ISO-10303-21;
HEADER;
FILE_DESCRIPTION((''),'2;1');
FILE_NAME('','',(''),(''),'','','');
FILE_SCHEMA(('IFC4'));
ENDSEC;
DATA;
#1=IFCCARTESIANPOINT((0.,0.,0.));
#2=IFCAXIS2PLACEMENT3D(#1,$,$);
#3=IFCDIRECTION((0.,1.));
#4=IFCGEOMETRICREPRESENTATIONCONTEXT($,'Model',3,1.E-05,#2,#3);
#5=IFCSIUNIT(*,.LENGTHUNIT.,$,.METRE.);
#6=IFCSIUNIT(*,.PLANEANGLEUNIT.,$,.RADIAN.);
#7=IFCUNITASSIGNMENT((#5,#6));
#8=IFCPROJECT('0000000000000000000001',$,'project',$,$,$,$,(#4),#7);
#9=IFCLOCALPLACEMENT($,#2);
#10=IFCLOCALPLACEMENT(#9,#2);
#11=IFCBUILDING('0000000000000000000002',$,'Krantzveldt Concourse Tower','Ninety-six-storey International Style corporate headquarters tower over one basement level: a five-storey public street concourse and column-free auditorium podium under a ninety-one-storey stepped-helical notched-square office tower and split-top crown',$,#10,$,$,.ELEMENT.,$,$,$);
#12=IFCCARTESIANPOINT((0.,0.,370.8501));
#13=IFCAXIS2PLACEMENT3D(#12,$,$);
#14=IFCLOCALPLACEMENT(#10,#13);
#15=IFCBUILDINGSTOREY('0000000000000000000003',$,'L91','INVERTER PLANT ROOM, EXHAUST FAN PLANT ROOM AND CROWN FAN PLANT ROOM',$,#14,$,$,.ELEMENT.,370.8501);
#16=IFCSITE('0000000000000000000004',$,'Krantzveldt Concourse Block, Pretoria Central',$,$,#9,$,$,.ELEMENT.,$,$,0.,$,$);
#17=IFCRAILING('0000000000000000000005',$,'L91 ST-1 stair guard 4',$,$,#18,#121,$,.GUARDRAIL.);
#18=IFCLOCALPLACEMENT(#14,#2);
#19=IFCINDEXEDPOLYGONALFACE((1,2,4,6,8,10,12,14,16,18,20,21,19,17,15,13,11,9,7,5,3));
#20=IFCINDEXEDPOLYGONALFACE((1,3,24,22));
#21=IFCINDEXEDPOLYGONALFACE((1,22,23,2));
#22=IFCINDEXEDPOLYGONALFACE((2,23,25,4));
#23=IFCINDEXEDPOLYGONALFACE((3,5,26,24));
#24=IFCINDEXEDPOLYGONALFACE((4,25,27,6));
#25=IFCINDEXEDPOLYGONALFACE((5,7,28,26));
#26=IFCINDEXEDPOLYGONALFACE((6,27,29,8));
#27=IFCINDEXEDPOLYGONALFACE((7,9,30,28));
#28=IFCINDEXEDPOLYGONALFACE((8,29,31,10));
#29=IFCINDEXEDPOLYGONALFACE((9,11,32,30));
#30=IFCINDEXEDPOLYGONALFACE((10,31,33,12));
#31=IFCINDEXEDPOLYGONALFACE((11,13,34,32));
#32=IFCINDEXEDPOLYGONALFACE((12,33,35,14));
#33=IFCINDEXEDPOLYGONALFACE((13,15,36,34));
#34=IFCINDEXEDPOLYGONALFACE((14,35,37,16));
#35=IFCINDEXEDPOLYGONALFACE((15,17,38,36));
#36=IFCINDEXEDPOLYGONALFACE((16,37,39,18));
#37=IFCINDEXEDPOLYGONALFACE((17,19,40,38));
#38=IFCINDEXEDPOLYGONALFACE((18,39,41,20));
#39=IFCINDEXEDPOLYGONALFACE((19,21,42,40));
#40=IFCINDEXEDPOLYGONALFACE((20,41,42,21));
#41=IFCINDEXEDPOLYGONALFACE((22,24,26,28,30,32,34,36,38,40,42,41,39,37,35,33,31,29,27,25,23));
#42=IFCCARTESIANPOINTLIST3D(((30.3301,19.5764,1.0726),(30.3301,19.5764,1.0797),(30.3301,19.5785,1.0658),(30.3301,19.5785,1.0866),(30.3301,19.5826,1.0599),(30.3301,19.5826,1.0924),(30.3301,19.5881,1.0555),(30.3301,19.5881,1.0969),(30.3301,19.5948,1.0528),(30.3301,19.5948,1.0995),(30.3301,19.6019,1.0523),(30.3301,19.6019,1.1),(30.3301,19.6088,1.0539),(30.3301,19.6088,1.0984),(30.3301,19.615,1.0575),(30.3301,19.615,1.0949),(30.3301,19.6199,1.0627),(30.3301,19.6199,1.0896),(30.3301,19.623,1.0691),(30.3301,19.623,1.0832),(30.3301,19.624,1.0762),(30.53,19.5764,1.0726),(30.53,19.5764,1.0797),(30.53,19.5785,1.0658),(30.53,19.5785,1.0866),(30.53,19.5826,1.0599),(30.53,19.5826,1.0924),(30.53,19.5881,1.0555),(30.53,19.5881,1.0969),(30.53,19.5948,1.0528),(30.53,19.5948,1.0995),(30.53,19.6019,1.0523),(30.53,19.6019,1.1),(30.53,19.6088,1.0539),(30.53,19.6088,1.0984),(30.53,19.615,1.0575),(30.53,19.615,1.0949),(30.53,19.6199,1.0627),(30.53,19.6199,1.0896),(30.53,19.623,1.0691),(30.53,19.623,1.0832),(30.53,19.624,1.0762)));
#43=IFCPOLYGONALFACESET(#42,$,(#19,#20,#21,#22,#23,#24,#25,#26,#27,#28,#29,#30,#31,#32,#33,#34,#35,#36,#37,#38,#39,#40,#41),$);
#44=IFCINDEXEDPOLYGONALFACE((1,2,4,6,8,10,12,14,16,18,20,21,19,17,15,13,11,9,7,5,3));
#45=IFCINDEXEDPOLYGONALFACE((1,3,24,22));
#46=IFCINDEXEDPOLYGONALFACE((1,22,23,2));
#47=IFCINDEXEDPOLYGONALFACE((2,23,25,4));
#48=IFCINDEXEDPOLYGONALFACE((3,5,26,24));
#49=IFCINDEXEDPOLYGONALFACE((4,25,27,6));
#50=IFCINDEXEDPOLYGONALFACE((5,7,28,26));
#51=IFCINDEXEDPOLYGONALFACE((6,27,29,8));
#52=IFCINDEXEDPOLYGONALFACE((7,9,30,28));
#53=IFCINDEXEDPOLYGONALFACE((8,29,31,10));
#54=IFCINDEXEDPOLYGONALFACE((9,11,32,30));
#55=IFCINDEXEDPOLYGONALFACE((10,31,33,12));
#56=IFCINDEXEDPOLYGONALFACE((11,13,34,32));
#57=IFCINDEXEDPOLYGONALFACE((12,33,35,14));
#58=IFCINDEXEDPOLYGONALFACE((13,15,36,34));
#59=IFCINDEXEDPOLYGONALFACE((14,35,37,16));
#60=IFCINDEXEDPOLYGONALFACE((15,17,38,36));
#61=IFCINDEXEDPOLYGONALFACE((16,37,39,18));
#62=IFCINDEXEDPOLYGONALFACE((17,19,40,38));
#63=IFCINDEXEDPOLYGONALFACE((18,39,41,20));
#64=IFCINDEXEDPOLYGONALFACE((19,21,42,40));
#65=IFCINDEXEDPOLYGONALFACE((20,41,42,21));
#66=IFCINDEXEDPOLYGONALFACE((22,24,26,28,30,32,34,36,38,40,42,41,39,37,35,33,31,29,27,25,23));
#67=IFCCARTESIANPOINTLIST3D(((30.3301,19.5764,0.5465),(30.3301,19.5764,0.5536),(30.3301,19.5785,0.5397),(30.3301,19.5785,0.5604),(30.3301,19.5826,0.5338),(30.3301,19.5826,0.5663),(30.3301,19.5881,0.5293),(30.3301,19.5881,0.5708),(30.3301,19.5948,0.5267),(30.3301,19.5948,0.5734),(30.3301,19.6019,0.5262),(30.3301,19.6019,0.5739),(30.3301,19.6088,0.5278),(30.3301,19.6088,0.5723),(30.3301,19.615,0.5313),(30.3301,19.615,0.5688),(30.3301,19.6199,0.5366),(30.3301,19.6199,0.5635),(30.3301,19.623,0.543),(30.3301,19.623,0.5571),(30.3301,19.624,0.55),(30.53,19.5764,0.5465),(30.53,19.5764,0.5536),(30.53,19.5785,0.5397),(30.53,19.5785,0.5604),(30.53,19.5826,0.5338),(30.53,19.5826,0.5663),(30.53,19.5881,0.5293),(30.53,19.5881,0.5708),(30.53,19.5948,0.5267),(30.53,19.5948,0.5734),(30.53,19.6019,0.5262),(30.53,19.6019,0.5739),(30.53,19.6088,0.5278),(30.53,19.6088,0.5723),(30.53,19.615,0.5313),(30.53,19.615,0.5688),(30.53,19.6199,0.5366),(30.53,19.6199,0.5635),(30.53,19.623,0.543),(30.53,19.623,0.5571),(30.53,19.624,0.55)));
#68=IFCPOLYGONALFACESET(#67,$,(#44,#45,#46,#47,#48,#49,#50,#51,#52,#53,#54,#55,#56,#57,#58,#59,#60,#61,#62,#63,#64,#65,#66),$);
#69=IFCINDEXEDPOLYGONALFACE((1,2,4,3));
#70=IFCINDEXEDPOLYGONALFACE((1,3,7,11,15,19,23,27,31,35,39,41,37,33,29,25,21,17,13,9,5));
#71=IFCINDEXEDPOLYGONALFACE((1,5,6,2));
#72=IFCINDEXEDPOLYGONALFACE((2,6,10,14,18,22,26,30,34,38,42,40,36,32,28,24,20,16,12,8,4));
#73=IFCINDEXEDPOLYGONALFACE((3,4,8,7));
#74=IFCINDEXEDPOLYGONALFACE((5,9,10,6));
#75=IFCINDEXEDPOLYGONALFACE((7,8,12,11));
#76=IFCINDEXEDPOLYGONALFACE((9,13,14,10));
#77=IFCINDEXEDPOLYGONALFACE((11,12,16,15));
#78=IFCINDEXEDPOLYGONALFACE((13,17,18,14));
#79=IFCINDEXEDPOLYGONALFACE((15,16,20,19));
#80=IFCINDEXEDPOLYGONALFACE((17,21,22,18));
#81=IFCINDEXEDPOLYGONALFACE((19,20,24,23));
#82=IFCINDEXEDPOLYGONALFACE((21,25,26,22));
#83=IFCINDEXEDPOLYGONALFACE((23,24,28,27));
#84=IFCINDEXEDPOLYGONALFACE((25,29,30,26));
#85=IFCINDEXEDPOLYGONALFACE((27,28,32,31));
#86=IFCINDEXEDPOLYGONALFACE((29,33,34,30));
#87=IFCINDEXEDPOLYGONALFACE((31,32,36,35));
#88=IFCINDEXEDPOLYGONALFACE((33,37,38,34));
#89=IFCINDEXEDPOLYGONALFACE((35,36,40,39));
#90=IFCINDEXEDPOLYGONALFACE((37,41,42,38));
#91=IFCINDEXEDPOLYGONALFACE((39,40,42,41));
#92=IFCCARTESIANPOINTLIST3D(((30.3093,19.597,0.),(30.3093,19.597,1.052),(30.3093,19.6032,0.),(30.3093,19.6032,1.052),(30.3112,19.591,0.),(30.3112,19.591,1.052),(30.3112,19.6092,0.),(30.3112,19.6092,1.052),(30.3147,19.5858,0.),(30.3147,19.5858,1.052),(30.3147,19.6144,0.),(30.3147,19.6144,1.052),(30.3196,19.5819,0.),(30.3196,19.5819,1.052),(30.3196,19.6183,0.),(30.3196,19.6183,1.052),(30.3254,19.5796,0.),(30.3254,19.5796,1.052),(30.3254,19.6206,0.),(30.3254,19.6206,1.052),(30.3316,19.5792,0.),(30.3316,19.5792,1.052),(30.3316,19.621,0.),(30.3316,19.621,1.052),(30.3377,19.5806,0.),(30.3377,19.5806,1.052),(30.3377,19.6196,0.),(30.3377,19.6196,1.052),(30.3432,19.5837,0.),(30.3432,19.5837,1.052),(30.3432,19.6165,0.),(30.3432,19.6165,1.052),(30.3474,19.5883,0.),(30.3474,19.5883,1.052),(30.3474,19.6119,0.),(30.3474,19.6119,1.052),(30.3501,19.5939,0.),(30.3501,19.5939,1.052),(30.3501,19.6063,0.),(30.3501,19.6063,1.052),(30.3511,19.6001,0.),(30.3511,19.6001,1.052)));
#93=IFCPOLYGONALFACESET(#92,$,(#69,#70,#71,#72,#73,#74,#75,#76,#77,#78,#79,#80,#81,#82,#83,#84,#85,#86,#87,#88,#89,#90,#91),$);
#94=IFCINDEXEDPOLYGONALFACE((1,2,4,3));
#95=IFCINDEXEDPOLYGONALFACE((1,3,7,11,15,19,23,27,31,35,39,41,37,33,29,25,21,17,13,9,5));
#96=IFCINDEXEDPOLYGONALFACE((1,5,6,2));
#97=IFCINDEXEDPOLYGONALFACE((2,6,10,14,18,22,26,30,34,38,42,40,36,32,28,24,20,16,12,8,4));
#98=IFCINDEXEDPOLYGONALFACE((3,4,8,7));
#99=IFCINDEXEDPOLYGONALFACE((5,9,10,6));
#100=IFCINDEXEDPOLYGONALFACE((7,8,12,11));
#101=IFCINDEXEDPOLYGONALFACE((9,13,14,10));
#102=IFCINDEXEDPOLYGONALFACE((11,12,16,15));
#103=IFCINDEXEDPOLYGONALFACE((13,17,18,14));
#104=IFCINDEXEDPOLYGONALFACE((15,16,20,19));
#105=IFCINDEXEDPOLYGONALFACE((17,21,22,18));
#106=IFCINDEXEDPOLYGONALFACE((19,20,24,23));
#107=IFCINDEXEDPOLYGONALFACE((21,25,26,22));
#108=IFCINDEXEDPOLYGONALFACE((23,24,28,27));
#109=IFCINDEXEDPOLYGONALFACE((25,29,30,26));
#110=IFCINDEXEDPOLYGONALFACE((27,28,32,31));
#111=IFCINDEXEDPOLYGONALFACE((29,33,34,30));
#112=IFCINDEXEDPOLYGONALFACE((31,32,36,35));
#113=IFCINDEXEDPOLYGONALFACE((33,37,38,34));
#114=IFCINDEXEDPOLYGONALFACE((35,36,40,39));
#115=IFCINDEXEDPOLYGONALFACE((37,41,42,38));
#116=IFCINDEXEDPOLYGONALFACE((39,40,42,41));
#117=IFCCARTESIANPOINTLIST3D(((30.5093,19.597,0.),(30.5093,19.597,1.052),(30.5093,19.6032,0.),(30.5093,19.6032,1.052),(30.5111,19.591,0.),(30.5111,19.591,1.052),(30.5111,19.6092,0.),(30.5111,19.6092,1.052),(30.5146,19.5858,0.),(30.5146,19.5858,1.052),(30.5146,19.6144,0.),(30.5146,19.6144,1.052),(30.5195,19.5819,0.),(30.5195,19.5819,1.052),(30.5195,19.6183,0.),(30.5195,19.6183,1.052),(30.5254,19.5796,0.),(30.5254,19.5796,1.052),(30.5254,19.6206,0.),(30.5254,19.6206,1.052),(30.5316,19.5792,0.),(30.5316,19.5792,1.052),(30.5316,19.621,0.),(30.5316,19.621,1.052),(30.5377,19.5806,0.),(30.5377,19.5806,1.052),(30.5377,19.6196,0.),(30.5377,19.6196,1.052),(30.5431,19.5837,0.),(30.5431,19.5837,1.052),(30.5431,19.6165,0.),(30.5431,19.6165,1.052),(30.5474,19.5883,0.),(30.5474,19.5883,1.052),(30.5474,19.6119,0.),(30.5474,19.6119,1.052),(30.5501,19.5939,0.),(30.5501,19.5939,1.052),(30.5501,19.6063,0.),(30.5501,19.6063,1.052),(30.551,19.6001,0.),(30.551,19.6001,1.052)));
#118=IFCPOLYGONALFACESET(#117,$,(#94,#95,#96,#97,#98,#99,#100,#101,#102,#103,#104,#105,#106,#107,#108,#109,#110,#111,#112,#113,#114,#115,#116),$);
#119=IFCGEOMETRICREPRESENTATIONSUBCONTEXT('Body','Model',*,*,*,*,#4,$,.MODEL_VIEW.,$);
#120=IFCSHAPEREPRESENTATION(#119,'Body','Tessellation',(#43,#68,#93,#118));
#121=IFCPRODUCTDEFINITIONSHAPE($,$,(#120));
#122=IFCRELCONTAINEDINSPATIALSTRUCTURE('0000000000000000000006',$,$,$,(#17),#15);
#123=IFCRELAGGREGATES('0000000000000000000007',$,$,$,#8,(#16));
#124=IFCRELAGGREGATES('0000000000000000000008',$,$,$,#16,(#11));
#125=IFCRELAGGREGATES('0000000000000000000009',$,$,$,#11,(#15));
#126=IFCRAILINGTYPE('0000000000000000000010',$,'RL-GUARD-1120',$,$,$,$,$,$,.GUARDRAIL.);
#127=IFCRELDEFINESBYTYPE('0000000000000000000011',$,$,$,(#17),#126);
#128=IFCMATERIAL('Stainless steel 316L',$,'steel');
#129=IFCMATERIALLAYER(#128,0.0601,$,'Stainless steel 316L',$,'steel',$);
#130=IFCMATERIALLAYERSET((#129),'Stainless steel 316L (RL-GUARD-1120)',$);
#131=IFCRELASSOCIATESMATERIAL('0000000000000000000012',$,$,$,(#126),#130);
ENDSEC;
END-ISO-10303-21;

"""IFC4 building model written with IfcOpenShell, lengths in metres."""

from ifc_helpers import new_model, si_unit, direction, frame, origin, origin_2d, place, context, subcontext, project, spatial, circle, extrude, material, layer, layer_set, type_object, element, save


model = new_model("IFC4")

# Units and contexts
model_context = context("Model", 3, precision=1e-05, world=origin(), true_north=direction((0.0, 1.0)))
body_context = subcontext(model_context, "Body", "Model", "MODEL_VIEW")
ifc_project = project(units=[si_unit("LENGTHUNIT", "METRE"), si_unit("PLANEANGLEUNIT", "RADIAN")], contexts=[model_context])

# Site, building, storey
site_placement = place(None, origin())
site = spatial("IfcSite", under=ifc_project, at=site_placement, Name="Krantzveldt Concourse Block, Pretoria Central", CompositionType="ELEMENT", RefElevation=0.0)
building_placement = place(site_placement, origin())
building = spatial("IfcBuilding", under=site, at=building_placement, Name="Krantzveldt Concourse Tower", Description="Ninety-six-storey International Style corporate headquarters tower over one basement level: a five-storey public street concourse and column-free auditorium podium under a ninety-one-storey stepped-helical notched-square office tower and split-top crown", CompositionType="ELEMENT")
storey_placement = place(building_placement, frame((0.0, 0.0, 370.8501)))
storey = spatial("IfcBuildingStorey", under=building, at=storey_placement, Name="L91", Description="INVERTER PLANT ROOM, EXHAUST FAN PLANT ROOM AND CROWN FAN PLANT ROOM", CompositionType="ELEMENT", Elevation=370.8501)

# Shared definitions
ifc_material_1 = material(Name="Stainless steel 316L", Category="steel")

# Railing
ifc_layer_1 = layer(ifc_material_1, 0.0601, Name="Stainless steel 316L", Category="steel")
ifc_layer_set_1 = layer_set([ifc_layer_1], Name="Stainless steel 316L (RL-GUARD-1120)")
railing_type_1 = type_object("IfcRailingType", Name="RL-GUARD-1120", PredefinedType="GUARDRAIL", material=ifc_layer_set_1)
railing_1_placement = place(storey_placement, frame((30.3301, 19.6001, 0.0)))
element("IfcRailing", 1, at=railing_1_placement, inside=storey, type_object=railing_type_1, Name="L91 ST-1 stair guard 4", PredefinedType="GUARDRAIL", context=body_context, shape_type="SweptSolid", body=[
    extrude(circle(Radius=0.0239, at=origin_2d()), frame((0.0, 0.0, 1.0762), z_axis=(1.0, 0.0, 0.0), x_axis=(0.0, 1.0, 0.0)), (0.0, 0.0, 1.0), 0.2),
    extrude(circle(Radius=0.0239, at=origin_2d()), frame((0.0, 0.0, 0.55), z_axis=(1.0, 0.0, 0.0), x_axis=(0.0, 1.0, 0.0)), (0.0, 0.0, 1.0), 0.2),
    extrude(circle(Radius=0.021, at=origin_2d()), origin(), (0.0, 0.0, 1.0), 1.052),
    extrude(circle(Radius=0.021, at=origin_2d()), frame((0.2, 0.0, 0.0)), (0.0, 0.0, 1.0), 1.052),
])

save(model, "model.ifc")
